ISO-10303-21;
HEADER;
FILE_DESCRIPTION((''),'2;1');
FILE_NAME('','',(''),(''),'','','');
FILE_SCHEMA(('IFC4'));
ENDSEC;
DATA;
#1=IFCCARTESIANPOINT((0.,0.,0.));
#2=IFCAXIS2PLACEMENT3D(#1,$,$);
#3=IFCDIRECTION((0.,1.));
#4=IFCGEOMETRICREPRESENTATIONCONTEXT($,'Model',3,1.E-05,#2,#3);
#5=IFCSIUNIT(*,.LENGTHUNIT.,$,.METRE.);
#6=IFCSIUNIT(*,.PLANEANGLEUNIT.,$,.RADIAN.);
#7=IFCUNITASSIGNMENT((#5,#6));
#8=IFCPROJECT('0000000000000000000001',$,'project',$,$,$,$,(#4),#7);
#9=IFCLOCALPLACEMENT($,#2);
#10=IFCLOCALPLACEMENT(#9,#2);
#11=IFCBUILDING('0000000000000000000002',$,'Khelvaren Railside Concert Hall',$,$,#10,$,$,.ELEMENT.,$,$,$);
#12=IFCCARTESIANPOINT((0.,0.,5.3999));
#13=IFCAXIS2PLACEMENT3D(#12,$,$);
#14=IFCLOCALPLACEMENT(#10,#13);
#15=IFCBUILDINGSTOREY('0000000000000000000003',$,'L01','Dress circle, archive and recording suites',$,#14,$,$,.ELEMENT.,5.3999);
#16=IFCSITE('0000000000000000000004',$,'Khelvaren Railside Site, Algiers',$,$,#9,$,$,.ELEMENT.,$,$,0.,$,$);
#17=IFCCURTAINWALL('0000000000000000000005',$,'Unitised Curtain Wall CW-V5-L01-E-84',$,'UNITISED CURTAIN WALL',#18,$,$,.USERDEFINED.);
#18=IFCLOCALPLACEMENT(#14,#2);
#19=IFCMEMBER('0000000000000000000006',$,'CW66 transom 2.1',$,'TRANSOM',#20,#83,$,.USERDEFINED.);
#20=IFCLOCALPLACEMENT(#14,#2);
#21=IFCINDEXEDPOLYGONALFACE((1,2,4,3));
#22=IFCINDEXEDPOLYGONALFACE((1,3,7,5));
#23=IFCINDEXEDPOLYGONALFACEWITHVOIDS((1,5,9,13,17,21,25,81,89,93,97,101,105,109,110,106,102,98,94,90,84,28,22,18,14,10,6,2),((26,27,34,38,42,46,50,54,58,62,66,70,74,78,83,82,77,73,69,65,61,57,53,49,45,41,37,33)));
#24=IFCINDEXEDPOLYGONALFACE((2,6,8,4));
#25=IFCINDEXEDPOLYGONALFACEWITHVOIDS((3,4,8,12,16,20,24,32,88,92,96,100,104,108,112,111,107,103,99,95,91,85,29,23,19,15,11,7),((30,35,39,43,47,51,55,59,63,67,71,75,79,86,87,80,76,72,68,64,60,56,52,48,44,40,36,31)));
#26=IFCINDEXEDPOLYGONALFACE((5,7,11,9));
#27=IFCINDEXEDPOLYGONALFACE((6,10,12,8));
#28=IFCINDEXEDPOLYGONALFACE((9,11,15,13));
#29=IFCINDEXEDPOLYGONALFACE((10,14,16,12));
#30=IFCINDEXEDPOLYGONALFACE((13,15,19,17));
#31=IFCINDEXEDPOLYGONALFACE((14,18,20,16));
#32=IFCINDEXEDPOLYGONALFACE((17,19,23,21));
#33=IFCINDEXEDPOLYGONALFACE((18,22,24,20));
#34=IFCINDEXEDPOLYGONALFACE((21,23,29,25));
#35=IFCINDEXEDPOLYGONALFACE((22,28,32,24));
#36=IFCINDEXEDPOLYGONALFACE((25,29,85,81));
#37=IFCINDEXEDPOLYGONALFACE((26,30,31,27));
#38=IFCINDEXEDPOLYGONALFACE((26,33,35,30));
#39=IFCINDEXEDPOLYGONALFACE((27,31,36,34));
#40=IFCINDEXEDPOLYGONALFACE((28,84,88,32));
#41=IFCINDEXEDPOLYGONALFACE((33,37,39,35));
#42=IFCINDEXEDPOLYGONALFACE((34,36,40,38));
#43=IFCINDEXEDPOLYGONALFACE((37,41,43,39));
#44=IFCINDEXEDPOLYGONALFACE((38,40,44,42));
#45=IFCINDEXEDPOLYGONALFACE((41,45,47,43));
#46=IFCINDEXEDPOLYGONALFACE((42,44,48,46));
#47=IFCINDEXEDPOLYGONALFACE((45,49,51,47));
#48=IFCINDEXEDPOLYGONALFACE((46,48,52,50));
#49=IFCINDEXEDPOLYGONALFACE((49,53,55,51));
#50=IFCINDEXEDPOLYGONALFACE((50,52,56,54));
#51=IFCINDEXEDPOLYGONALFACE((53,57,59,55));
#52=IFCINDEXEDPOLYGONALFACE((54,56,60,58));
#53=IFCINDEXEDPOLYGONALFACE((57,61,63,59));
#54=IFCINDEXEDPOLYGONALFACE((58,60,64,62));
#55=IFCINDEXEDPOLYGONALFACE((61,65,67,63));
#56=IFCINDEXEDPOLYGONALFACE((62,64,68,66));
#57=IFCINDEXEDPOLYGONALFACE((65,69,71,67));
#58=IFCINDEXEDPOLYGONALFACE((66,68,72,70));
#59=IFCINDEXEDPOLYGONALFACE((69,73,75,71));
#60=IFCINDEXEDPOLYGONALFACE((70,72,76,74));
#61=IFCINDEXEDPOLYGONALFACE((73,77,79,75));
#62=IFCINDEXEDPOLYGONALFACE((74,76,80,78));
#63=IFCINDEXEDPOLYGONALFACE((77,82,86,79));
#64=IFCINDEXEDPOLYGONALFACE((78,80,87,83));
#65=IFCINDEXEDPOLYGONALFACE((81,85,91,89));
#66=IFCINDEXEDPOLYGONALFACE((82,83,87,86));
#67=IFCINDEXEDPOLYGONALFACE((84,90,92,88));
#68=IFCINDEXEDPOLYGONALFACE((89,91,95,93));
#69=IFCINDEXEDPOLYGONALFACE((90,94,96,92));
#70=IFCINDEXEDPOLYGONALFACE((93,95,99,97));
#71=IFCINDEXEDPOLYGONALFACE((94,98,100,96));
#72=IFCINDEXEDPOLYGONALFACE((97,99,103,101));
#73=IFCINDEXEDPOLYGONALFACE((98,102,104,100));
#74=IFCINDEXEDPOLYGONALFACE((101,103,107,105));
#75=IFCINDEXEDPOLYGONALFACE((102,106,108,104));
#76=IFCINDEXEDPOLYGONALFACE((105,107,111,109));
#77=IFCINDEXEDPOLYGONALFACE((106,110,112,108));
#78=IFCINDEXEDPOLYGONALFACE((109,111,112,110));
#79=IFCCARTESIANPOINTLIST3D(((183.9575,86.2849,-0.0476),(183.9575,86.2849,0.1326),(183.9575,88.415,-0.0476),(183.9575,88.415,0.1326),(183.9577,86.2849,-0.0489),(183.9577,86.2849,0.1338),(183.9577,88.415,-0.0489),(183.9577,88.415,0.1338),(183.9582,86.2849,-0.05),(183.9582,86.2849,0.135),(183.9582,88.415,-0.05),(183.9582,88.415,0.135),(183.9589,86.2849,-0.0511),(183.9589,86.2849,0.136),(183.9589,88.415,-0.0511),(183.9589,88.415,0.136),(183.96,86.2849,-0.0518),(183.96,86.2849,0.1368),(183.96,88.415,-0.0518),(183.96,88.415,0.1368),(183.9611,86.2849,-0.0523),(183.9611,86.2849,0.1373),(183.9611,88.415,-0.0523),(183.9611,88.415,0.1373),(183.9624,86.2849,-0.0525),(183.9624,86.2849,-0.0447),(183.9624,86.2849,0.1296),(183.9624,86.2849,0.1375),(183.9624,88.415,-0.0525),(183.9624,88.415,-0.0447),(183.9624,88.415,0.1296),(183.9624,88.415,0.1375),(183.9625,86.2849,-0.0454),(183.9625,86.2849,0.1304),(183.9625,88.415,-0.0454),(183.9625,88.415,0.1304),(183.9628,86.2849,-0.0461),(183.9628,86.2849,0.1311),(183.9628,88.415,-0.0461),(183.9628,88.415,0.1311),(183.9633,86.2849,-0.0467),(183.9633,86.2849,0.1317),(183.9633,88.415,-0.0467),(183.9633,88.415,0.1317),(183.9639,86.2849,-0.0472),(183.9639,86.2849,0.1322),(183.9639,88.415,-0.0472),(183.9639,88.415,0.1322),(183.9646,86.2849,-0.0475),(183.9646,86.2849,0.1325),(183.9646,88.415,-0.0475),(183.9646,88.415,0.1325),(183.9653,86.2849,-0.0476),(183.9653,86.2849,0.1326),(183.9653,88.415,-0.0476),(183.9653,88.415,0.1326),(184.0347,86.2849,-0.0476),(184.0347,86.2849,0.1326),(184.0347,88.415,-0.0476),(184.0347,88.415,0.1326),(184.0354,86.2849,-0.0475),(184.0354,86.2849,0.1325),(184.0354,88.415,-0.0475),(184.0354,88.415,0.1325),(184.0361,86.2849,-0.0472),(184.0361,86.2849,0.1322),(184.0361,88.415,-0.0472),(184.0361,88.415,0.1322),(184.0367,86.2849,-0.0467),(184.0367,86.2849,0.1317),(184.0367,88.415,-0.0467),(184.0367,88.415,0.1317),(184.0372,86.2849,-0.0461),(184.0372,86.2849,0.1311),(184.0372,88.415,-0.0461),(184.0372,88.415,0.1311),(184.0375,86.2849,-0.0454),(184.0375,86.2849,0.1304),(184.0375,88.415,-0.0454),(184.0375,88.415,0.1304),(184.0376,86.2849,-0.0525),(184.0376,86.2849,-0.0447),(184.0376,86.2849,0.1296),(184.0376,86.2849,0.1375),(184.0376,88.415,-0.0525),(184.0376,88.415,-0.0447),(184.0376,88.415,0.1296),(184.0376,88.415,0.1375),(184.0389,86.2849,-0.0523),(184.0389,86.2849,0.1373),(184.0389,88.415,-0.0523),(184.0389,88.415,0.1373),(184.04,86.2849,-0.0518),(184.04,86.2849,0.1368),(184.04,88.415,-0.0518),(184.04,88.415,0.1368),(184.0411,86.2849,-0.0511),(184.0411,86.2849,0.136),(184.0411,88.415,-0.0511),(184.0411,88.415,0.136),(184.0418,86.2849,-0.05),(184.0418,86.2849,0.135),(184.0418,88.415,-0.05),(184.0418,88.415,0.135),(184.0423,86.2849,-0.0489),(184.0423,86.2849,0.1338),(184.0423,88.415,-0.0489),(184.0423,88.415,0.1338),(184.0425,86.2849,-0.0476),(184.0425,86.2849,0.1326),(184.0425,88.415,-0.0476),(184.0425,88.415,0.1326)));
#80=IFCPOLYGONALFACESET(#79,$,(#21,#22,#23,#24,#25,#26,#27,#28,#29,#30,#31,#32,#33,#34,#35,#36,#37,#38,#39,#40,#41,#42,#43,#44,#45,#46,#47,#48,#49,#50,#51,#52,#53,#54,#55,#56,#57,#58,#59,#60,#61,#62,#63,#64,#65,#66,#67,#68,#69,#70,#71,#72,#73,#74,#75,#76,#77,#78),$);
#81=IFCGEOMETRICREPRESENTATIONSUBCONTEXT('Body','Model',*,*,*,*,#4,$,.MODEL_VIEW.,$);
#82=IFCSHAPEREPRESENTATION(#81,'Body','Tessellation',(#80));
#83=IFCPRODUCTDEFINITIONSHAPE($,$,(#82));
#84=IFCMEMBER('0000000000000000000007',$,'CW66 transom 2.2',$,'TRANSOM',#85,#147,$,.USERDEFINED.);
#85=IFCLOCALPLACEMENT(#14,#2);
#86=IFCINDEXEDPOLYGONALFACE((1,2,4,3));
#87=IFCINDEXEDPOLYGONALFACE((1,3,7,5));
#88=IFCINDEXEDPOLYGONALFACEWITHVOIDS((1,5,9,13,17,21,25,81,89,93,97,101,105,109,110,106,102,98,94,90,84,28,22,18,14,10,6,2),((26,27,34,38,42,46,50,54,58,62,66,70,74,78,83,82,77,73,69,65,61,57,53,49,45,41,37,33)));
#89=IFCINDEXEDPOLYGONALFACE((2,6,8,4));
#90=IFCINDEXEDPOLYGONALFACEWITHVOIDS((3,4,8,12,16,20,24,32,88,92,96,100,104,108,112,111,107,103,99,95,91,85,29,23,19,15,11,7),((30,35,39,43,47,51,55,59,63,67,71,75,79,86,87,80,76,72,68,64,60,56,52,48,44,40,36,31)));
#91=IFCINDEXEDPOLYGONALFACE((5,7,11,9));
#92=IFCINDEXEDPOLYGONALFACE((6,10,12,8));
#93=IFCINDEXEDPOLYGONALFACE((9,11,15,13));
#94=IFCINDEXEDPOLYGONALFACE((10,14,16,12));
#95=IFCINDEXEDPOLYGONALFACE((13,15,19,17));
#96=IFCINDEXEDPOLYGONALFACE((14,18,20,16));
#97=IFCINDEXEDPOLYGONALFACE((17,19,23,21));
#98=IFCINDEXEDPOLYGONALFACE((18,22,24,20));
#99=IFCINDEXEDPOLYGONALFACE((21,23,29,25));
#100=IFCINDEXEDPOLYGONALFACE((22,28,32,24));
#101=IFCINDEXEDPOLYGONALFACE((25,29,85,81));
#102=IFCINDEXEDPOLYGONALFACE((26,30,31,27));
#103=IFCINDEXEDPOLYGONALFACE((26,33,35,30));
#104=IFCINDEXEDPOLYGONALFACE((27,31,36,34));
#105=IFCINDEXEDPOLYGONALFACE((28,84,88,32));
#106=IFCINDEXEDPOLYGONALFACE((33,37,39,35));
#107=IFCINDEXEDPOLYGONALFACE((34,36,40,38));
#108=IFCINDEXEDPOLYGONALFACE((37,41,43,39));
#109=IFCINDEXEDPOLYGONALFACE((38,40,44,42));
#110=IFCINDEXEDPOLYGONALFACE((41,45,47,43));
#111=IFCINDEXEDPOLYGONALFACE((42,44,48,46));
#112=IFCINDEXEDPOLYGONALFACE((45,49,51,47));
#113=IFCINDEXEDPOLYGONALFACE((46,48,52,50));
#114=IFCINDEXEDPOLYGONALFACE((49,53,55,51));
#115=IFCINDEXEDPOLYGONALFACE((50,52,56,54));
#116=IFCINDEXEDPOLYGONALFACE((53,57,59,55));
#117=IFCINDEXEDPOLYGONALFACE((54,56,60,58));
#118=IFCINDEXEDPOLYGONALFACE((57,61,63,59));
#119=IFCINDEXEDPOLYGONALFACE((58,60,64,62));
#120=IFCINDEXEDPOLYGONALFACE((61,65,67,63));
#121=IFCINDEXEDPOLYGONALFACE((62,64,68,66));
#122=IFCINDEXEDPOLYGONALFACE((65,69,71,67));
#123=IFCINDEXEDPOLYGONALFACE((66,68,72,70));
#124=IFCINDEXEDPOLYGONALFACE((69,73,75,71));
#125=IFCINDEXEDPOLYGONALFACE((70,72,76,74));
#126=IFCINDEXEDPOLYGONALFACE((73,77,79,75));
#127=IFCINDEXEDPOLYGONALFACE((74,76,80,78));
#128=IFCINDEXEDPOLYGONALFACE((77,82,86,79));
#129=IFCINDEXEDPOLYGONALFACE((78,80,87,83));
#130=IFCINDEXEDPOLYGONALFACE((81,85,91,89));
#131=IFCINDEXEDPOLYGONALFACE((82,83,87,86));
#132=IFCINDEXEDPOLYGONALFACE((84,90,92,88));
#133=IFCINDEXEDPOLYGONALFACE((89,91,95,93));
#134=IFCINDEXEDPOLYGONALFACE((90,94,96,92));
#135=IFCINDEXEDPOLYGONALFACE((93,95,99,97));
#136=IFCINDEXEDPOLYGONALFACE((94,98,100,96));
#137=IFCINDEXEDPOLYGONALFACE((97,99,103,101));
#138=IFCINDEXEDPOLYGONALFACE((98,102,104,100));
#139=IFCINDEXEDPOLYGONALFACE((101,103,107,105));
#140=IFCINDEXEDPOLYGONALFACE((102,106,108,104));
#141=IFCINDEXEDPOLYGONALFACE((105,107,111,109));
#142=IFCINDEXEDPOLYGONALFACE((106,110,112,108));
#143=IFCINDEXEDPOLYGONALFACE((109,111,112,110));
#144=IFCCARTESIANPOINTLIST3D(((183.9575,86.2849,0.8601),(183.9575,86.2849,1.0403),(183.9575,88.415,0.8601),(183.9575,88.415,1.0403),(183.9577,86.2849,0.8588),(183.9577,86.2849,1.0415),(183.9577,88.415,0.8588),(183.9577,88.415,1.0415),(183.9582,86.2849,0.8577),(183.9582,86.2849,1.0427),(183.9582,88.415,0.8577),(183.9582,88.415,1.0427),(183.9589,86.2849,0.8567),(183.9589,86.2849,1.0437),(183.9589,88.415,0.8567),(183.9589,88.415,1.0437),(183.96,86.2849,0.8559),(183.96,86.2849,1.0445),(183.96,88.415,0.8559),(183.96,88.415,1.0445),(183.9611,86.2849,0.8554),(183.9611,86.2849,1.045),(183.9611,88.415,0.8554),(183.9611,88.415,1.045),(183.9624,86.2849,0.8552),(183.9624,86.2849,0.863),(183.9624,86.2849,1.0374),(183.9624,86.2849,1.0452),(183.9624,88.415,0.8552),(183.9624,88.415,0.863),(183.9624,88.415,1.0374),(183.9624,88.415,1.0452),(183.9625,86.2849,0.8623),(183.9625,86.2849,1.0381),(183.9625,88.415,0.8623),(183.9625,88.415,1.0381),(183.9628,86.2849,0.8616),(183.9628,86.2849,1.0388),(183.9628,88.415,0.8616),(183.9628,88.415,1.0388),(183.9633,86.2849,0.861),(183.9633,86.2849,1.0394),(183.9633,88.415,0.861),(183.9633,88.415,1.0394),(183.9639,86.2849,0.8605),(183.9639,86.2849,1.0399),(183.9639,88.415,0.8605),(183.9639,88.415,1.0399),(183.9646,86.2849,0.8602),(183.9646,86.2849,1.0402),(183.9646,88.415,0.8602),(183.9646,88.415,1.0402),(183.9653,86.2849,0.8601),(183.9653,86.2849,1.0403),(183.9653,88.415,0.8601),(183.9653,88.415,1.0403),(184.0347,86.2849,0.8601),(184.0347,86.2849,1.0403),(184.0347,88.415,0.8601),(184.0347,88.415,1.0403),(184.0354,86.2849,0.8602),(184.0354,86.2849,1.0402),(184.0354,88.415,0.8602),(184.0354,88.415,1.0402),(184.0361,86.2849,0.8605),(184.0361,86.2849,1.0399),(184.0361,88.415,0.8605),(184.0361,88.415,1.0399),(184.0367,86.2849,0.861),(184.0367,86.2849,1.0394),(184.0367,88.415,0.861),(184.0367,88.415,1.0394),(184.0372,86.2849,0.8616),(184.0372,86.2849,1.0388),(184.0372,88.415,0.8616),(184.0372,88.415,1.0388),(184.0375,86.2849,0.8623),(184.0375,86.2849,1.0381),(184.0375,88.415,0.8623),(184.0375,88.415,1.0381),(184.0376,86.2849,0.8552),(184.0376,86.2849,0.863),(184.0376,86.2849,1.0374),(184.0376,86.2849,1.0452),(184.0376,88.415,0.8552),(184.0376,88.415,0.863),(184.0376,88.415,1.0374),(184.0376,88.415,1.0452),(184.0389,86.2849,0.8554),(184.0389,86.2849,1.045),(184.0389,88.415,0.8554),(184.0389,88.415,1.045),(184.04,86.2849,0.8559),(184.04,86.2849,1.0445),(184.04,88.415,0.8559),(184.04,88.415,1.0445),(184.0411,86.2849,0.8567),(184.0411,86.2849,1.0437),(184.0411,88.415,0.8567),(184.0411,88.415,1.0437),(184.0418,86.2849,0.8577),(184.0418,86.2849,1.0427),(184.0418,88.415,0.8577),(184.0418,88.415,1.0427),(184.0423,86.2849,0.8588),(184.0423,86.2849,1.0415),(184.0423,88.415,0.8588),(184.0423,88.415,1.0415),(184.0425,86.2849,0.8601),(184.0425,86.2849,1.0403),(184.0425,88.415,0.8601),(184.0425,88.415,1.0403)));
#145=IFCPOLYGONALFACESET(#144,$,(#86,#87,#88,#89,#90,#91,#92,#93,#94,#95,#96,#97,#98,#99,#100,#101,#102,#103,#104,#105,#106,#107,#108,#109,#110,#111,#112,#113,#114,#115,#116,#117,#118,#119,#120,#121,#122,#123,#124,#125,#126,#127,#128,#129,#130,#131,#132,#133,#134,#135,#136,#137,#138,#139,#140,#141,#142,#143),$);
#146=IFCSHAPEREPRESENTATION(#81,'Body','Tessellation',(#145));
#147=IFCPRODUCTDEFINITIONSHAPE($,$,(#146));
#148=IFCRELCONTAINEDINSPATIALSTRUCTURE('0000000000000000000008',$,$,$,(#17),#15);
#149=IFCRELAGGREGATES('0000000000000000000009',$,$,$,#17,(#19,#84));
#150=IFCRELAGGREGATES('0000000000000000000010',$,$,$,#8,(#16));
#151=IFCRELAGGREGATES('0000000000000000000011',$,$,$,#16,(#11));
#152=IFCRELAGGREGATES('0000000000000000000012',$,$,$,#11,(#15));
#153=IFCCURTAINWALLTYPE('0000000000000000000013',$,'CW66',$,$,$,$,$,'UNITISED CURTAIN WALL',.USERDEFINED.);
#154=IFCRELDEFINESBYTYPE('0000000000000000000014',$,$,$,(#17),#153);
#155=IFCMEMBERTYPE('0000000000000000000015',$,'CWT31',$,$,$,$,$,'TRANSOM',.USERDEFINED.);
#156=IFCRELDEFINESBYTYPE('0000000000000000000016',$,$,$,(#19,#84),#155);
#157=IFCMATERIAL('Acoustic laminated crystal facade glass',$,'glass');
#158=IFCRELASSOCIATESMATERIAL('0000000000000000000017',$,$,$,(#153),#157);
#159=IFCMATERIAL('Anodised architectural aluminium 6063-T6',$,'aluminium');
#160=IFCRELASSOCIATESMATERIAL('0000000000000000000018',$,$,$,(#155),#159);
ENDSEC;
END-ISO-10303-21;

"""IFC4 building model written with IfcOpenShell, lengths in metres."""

from ifc_helpers import new_model, si_unit, direction, frame, origin, origin_2d, place, context, subcontext, project, spatial, hollow_rectangle, extrude, material, material_profile, profile_set, type_object, element, aggregate, save


model = new_model("IFC4")

# Units and contexts
model_context = context("Model", 3, precision=1e-05, world=origin(), true_north=direction((0.0, 1.0)))
body_context = subcontext(model_context, "Body", "Model", "MODEL_VIEW")
ifc_project = project(units=[si_unit("LENGTHUNIT", "METRE"), si_unit("PLANEANGLEUNIT", "RADIAN")], contexts=[model_context])

# Site, building, storey
site_placement = place(None, origin())
site = spatial("IfcSite", under=ifc_project, at=site_placement, Name="Khelvaren Railside Site, Algiers", CompositionType="ELEMENT", RefElevation=0.0)
building_placement = place(site_placement, origin())
building = spatial("IfcBuilding", under=site, at=building_placement, Name="Khelvaren Railside Concert Hall", CompositionType="ELEMENT")
storey_placement = place(building_placement, frame((0.0, 0.0, 5.3999)))
storey = spatial("IfcBuildingStorey", under=building, at=storey_placement, Name="L01", Description="Dress circle, archive and recording suites", CompositionType="ELEMENT", Elevation=5.3999)

# Curtain wall, members
ifc_material_1 = material(Name="Anodised architectural aluminium 6063-T6", Category="aluminium")
ifc_material_2 = material(Name="Acoustic laminated crystal facade glass", Category="glass")
curtain_wall_type_1 = type_object("IfcCurtainWallType", Name="CW66", ElementType="UNITISED CURTAIN WALL", PredefinedType="USERDEFINED", material=ifc_material_2)
curtain_wall_1_placement = place(storey_placement, origin())
curtain_wall_1 = element("IfcCurtainWall", 1, at=curtain_wall_1_placement, inside=storey, type_object=curtain_wall_type_1, Name="Unitised Curtain Wall CW-V5-L01-E-84", ObjectType="UNITISED CURTAIN WALL", PredefinedType="USERDEFINED")
ifc_material_profile_1 = material_profile(ifc_material_1, hollow_rectangle(XDim=0.085, YDim=0.1899, WallThickness=0.0049, InnerFilletRadius=0.0029, OuterFilletRadius=0.0049, at=origin_2d()), Name="CWT 85x190x5")
ifc_profile_set_1 = profile_set([ifc_material_profile_1], Name="Anodised architectural aluminium 6063-T6")
member_type_1 = type_object("IfcMemberType", Name="CWT31", ElementType="TRANSOM", PredefinedType="USERDEFINED", material=ifc_profile_set_1)
member_1_placement = place(storey_placement, frame((184.0, 88.415, 0.0425), z_axis=(0.0, -1.0, 0.0), x_axis=(1.0, 0.0, 0.0)))
member_1 = element("IfcMember", 2, at=member_1_placement, type_object=member_type_1, Name="CW66 transom 2.1", ObjectType="TRANSOM", PredefinedType="USERDEFINED", context=body_context, shape_type="SweptSolid", body=[
    extrude(hollow_rectangle(XDim=0.085, YDim=0.1899, WallThickness=0.0049, InnerFilletRadius=0.0029, OuterFilletRadius=0.0049, at=origin_2d()), origin(), (0.0, 0.0, 1.0), 2.1301),
])
member_2_placement = place(storey_placement, frame((184.0, 88.415, 0.9502), z_axis=(0.0, -1.0, 0.0), x_axis=(1.0, 0.0, 0.0)))
member_2 = element("IfcMember", 3, at=member_2_placement, type_object=member_type_1, Name="CW66 transom 2.2", ObjectType="TRANSOM", PredefinedType="USERDEFINED", context=body_context, shape_type="SweptSolid", body=[
    extrude(hollow_rectangle(XDim=0.085, YDim=0.1899, WallThickness=0.0049, InnerFilletRadius=0.0029, OuterFilletRadius=0.0049, at=origin_2d()), origin(), (0.0, 0.0, 1.0), 2.1301),
])

aggregate(curtain_wall_1, [member_1, member_2])

save(model, "model.ifc")
